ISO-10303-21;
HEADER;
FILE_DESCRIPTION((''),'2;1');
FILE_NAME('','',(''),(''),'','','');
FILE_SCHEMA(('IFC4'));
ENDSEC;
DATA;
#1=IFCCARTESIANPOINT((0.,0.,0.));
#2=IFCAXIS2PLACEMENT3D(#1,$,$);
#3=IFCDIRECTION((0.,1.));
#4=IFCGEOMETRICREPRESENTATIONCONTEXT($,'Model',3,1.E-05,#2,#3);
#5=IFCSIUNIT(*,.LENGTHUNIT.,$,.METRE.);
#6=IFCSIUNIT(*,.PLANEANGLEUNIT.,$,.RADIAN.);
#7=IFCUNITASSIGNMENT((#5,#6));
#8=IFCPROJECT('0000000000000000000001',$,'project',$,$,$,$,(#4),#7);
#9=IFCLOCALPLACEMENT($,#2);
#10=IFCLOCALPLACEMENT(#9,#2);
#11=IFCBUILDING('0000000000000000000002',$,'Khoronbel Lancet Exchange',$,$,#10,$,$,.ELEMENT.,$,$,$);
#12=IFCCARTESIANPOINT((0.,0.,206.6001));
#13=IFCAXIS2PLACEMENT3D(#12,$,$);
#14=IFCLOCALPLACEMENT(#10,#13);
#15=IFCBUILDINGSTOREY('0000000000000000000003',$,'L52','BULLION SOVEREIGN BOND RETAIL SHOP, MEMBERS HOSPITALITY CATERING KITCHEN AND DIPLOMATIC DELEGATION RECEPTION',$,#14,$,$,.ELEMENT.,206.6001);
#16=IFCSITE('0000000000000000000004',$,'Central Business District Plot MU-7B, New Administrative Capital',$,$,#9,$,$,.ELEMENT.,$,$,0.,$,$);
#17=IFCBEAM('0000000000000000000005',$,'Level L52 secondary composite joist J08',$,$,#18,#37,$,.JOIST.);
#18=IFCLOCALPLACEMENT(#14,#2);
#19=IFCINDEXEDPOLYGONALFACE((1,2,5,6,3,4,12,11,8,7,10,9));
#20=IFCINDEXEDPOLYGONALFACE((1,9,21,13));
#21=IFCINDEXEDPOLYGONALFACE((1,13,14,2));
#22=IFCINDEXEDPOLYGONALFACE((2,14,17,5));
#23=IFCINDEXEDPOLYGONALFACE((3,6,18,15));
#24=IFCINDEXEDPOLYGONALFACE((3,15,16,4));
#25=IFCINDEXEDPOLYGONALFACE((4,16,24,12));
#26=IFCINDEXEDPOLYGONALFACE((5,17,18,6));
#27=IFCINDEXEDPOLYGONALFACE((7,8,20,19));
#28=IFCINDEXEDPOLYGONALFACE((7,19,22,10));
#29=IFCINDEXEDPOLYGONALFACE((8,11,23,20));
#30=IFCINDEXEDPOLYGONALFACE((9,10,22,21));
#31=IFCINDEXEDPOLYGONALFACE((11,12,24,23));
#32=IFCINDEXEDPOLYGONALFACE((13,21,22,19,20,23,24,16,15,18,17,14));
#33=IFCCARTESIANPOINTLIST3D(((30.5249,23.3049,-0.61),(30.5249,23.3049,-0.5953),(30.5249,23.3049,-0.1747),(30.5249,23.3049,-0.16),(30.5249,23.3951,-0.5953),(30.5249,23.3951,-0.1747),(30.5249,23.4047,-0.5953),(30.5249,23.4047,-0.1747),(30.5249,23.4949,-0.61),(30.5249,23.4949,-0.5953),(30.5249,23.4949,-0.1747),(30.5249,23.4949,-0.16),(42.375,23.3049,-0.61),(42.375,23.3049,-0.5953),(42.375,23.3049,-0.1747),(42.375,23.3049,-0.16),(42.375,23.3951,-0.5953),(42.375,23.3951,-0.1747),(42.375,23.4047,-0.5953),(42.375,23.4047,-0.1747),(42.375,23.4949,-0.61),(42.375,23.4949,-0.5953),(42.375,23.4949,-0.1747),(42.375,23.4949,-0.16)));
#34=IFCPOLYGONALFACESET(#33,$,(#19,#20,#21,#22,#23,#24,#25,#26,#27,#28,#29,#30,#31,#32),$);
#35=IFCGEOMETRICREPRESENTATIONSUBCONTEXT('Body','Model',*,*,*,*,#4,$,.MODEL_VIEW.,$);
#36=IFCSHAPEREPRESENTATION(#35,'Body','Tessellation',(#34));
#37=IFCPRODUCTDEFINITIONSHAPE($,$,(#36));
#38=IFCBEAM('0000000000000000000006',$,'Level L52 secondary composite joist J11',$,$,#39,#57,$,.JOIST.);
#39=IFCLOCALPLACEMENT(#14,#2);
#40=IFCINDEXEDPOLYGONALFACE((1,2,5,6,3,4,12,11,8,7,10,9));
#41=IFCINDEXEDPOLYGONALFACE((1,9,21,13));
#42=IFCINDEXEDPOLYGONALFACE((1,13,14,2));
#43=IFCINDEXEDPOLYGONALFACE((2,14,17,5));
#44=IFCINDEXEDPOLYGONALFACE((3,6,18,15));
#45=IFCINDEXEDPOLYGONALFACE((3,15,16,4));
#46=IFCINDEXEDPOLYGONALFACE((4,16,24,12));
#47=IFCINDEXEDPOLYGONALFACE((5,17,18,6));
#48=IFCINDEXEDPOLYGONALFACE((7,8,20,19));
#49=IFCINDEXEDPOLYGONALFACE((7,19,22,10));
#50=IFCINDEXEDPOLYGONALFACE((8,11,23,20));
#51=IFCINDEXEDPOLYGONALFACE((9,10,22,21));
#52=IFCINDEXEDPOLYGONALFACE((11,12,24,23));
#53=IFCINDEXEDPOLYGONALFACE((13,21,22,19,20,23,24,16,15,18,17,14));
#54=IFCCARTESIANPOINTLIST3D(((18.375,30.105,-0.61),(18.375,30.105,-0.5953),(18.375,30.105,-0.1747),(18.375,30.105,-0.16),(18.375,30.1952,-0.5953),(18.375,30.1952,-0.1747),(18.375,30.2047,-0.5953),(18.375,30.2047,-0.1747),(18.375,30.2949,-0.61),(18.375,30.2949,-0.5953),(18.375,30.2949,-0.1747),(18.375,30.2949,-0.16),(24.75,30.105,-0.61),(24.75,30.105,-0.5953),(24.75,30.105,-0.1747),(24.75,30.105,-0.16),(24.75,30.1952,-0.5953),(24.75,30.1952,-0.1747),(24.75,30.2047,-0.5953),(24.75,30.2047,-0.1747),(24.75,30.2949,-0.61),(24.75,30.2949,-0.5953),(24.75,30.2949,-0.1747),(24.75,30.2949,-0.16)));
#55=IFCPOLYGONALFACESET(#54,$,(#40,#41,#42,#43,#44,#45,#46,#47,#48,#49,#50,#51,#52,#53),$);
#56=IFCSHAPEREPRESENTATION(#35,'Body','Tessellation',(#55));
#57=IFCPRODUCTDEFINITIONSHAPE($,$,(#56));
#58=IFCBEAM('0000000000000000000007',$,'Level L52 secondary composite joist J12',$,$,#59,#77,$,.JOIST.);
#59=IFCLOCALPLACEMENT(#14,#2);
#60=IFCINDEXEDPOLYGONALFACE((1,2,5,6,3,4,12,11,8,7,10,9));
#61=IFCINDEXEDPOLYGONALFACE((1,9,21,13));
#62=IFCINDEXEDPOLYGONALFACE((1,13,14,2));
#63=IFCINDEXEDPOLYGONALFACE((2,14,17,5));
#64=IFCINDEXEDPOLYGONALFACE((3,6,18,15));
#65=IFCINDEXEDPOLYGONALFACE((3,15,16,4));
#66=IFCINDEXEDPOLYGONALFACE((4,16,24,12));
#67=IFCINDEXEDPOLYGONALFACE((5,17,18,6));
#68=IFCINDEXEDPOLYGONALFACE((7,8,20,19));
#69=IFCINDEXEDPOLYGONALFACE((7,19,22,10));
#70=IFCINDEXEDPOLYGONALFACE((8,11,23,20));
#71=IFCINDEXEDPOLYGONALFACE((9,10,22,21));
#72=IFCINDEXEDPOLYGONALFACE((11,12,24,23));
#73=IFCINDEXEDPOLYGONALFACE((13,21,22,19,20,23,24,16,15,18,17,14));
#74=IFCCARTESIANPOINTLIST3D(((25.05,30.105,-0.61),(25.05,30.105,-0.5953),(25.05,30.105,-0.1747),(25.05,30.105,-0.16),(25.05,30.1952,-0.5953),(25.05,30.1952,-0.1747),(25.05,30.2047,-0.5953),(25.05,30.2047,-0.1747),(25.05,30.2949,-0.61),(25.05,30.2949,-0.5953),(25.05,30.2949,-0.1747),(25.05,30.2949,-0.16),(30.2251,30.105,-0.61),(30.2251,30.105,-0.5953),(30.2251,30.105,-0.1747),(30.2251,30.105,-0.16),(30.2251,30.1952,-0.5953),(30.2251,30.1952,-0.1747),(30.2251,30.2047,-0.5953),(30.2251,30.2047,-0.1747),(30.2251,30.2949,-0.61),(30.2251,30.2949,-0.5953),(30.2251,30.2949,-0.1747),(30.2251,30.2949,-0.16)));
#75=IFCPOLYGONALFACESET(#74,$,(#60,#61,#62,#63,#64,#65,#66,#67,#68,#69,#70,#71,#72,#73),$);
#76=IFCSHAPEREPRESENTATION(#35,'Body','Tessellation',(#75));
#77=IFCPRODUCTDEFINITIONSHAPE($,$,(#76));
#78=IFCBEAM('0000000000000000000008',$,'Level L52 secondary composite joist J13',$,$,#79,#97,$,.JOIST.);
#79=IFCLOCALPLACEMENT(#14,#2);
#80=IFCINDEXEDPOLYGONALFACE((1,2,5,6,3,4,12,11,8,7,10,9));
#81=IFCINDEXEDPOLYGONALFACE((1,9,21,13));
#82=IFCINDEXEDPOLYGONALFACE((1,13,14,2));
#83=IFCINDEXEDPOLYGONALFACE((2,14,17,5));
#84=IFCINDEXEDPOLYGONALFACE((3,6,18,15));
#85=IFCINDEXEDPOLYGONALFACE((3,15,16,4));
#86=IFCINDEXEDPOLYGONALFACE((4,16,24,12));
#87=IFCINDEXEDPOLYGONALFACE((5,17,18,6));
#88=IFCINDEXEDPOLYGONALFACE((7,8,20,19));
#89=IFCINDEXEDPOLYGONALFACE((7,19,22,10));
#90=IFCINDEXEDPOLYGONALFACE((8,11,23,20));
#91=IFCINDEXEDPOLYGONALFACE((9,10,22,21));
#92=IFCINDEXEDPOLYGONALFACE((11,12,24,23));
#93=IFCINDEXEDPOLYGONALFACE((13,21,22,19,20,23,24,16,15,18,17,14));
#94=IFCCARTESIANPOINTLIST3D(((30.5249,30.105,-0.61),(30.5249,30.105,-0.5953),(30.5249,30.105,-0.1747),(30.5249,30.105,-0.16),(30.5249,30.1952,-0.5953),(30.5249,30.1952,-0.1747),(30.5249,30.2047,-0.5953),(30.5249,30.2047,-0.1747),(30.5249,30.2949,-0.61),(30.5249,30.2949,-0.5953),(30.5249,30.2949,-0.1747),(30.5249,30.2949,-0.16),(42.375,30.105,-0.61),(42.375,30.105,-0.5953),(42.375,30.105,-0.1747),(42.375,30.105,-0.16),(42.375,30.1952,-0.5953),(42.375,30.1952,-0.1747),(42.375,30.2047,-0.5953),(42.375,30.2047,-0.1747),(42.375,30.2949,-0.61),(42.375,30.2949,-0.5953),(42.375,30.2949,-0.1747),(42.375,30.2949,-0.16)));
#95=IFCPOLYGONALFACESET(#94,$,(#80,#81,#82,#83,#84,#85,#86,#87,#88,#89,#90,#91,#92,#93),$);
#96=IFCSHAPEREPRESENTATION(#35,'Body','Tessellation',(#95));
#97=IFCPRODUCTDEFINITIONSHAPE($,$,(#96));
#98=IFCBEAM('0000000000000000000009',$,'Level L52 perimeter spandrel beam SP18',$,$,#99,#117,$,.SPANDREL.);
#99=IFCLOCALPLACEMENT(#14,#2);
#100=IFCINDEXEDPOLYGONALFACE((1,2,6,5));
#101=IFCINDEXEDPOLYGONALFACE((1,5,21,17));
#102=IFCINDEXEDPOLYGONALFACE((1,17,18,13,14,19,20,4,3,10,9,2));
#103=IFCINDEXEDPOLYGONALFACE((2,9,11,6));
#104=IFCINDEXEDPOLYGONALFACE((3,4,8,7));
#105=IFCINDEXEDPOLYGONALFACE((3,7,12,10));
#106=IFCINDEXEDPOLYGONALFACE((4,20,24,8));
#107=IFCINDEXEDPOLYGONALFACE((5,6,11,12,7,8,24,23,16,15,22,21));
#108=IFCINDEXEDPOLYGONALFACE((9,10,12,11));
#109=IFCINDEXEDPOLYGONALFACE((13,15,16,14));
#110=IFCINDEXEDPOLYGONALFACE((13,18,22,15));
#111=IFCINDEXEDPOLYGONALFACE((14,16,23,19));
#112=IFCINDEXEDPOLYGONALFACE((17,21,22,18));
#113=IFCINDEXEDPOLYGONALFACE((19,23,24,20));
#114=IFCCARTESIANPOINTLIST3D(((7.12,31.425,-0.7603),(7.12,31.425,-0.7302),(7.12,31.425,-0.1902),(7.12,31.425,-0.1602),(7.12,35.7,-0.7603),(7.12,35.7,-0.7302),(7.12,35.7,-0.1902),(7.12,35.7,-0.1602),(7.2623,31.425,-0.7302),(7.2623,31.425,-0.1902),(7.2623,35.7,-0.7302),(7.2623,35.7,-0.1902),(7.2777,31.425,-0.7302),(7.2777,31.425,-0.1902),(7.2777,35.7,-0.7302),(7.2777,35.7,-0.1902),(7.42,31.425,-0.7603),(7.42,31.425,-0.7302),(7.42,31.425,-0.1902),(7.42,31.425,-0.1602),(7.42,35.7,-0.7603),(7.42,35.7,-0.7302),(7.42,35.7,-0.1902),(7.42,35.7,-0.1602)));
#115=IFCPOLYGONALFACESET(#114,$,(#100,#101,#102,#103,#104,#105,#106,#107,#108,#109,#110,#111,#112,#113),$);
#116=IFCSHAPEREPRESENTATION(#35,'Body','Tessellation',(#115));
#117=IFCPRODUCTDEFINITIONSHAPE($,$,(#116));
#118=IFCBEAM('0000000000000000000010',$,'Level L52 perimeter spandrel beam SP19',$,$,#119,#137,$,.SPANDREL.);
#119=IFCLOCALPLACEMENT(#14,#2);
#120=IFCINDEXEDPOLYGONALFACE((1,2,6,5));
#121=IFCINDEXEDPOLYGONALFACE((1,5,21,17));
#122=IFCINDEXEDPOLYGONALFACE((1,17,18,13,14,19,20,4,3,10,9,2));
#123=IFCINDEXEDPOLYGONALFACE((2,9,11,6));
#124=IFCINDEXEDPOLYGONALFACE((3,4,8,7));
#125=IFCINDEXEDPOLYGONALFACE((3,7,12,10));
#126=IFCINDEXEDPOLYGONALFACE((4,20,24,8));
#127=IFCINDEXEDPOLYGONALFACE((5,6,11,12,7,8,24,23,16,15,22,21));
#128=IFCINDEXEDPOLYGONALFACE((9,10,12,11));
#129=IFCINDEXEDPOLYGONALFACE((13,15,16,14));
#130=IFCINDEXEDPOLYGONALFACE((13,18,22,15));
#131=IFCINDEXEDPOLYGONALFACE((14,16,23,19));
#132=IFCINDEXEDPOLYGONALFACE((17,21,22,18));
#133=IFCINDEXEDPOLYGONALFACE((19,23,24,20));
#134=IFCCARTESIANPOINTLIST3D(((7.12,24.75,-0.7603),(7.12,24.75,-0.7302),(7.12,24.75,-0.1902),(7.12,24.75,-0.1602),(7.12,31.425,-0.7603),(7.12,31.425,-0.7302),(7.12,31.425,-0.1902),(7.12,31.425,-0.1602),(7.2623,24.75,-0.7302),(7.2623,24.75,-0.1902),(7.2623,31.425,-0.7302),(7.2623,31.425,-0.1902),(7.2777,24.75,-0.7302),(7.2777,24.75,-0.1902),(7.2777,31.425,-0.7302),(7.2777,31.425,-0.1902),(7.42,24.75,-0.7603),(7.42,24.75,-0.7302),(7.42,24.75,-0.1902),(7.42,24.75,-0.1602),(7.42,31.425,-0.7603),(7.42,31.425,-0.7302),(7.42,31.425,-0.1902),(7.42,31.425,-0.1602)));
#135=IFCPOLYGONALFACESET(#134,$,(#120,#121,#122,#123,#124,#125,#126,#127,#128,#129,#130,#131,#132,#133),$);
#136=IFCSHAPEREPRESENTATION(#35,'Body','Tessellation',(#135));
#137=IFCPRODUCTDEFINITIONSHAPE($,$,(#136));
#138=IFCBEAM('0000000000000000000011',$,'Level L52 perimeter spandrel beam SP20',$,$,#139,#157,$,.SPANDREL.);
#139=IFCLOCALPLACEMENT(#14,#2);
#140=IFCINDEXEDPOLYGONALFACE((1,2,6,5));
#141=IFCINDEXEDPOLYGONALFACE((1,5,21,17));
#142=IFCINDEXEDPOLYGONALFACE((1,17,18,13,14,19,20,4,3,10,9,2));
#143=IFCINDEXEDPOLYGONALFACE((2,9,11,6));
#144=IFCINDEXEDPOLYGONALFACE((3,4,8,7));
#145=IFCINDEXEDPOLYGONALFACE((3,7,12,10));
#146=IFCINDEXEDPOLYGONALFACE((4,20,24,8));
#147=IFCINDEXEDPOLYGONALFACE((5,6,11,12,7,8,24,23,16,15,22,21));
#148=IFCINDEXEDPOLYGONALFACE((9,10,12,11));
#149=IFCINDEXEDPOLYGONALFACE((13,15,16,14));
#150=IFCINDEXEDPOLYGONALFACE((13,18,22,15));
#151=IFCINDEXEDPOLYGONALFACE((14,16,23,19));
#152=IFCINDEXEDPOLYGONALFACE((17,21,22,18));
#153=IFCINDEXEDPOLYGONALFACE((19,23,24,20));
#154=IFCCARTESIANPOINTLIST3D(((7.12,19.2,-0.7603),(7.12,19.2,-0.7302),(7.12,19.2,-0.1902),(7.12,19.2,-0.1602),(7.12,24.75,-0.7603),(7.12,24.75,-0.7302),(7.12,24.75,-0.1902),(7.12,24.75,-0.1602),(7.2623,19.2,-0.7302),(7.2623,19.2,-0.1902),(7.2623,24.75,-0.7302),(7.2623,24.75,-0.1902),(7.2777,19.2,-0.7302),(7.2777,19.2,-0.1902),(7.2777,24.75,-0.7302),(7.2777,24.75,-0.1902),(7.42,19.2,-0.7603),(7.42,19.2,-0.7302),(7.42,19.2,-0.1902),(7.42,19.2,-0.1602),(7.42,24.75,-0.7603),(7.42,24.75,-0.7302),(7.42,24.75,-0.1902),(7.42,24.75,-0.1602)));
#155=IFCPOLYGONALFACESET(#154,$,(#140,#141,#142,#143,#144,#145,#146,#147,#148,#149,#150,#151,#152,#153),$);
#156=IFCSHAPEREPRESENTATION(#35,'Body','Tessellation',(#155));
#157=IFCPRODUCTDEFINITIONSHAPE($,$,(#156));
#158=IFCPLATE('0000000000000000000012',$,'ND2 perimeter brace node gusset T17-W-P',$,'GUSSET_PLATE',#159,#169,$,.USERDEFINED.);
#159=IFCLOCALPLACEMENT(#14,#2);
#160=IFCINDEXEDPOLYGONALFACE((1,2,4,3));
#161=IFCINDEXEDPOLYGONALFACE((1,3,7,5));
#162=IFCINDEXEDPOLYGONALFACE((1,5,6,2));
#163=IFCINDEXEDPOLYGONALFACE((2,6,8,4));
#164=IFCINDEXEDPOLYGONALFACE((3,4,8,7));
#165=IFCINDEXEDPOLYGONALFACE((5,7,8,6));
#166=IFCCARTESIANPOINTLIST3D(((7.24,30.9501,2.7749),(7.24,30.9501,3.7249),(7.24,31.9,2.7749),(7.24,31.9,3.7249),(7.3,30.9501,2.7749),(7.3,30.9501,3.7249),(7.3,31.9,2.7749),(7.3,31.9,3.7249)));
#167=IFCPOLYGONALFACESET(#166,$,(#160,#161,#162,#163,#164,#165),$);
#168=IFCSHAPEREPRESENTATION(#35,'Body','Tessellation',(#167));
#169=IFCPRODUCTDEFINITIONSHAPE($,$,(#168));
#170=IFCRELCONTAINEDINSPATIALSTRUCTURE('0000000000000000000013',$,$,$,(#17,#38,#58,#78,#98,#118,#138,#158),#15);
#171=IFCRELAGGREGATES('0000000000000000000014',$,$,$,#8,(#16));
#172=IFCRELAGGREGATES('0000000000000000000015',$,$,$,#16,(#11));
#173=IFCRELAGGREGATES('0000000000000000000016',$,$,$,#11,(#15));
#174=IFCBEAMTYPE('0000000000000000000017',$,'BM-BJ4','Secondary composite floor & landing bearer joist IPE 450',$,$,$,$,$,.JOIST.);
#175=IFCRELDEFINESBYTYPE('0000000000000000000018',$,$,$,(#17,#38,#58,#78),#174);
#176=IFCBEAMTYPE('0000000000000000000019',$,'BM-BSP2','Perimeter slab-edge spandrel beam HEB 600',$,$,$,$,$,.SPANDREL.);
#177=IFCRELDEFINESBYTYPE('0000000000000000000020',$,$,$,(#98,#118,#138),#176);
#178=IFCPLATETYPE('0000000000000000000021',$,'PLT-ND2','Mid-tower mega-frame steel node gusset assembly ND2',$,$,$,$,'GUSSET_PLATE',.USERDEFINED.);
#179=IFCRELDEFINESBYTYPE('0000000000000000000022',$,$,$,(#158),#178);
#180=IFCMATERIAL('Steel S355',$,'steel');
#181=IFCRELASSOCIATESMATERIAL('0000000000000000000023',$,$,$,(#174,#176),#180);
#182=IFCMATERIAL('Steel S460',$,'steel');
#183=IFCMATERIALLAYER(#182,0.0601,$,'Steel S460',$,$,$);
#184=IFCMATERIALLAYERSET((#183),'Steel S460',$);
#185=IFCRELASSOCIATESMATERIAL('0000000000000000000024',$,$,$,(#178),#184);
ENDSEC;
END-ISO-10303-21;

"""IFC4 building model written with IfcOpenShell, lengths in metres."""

from ifc_helpers import new_model, si_unit, direction, frame, origin, origin_2d, place, context, subcontext, project, spatial, rectangle, i_section, extrude, material, layer, layer_set, material_profile, profile_set, type_object, element, save


model = new_model("IFC4")

# Units and contexts
model_context = context("Model", 3, precision=1e-05, world=origin(), true_north=direction((0.0, 1.0)))
body_context = subcontext(model_context, "Body", "Model", "MODEL_VIEW")
ifc_project = project(units=[si_unit("LENGTHUNIT", "METRE"), si_unit("PLANEANGLEUNIT", "RADIAN")], contexts=[model_context])

# Site, building, storey
site_placement = place(None, origin())
site = spatial("IfcSite", under=ifc_project, at=site_placement, Name="Central Business District Plot MU-7B, New Administrative Capital", CompositionType="ELEMENT", RefElevation=0.0)
building_placement = place(site_placement, origin())
building = spatial("IfcBuilding", under=site, at=building_placement, Name="Khoronbel Lancet Exchange", CompositionType="ELEMENT")
storey_placement = place(building_placement, frame((0.0, 0.0, 206.6001)))
storey = spatial("IfcBuildingStorey", under=building, at=storey_placement, Name="L52", Description="BULLION SOVEREIGN BOND RETAIL SHOP, MEMBERS HOSPITALITY CATERING KITCHEN AND DIPLOMATIC DELEGATION RECEPTION", CompositionType="ELEMENT", Elevation=206.6001)

# Shared definitions
ifc_material_1 = material(Name="Steel S355", Category="steel")

# Beams
ifc_material_profile_1 = material_profile(ifc_material_1, i_section(OverallWidth=0.1899, OverallDepth=0.45, WebThickness=0.0095, FlangeThickness=0.0146, at=origin_2d()), Name="IPE 450")
ifc_profile_set_1 = profile_set([ifc_material_profile_1], Name="Steel S355")
beam_type_1 = type_object("IfcBeamType", Name="BM-BJ4", Description="Secondary composite floor & landing bearer joist IPE 450", PredefinedType="JOIST", material=ifc_profile_set_1)
beam_1_placement = place(storey_placement, frame((30.5249, 23.3999, -0.385), z_axis=(1.0, 0.0, 0.0), x_axis=(0.0, 1.0, 0.0)))
element("IfcBeam", 1, at=beam_1_placement, inside=storey, type_object=beam_type_1, Name="Level L52 secondary composite joist J08", PredefinedType="JOIST", context=body_context, shape_type="SweptSolid", body=[
    extrude(i_section(OverallWidth=0.1899, OverallDepth=0.45, WebThickness=0.0095, FlangeThickness=0.0146, at=origin_2d()), origin(), (0.0, 0.0, 1.0), 11.8501),
])
beam_2_placement = place(storey_placement, frame((18.375, 30.2, -0.385), z_axis=(1.0, 0.0, 0.0), x_axis=(0.0, 1.0, 0.0)))
element("IfcBeam", 2, at=beam_2_placement, inside=storey, type_object=beam_type_1, Name="Level L52 secondary composite joist J11", PredefinedType="JOIST", context=body_context, shape_type="SweptSolid", body=[
    extrude(i_section(OverallWidth=0.1899, OverallDepth=0.45, WebThickness=0.0095, FlangeThickness=0.0146, at=origin_2d()), origin(), (0.0, 0.0, 1.0), 6.375),
])
beam_3_placement = place(storey_placement, frame((25.05, 30.2, -0.385), z_axis=(1.0, 0.0, 0.0), x_axis=(0.0, 1.0, 0.0)))
element("IfcBeam", 3, at=beam_3_placement, inside=storey, type_object=beam_type_1, Name="Level L52 secondary composite joist J12", PredefinedType="JOIST", context=body_context, shape_type="SweptSolid", body=[
    extrude(i_section(OverallWidth=0.1899, OverallDepth=0.45, WebThickness=0.0095, FlangeThickness=0.0146, at=origin_2d()), origin(), (0.0, 0.0, 1.0), 5.175),
])
beam_4_placement = place(storey_placement, frame((30.5249, 30.2, -0.385), z_axis=(1.0, 0.0, 0.0), x_axis=(0.0, 1.0, 0.0)))
element("IfcBeam", 4, at=beam_4_placement, inside=storey, type_object=beam_type_1, Name="Level L52 secondary composite joist J13", PredefinedType="JOIST", context=body_context, shape_type="SweptSolid", body=[
    extrude(i_section(OverallWidth=0.1899, OverallDepth=0.45, WebThickness=0.0095, FlangeThickness=0.0146, at=origin_2d()), origin(), (0.0, 0.0, 1.0), 11.8501),
])
ifc_material_profile_2 = material_profile(ifc_material_1, i_section(OverallWidth=0.3, OverallDepth=0.6001, WebThickness=0.0154, FlangeThickness=0.03, at=origin_2d()), Name="HEB 600")
ifc_profile_set_2 = profile_set([ifc_material_profile_2], Name="Steel S355")
beam_type_2 = type_object("IfcBeamType", Name="BM-BSP2", Description="Perimeter slab-edge spandrel beam HEB 600", PredefinedType="SPANDREL", material=ifc_profile_set_2)
beam_5_placement = place(storey_placement, frame((7.27, 35.7, -0.4602), z_axis=(0.0, -1.0, 0.0), x_axis=(1.0, 0.0, 0.0)))
element("IfcBeam", 5, at=beam_5_placement, inside=storey, type_object=beam_type_2, Name="Level L52 perimeter spandrel beam SP18", PredefinedType="SPANDREL", context=body_context, shape_type="SweptSolid", body=[
    extrude(i_section(OverallWidth=0.3, OverallDepth=0.6001, WebThickness=0.0154, FlangeThickness=0.03, at=origin_2d()), origin(), (0.0, 0.0, 1.0), 4.2749),
])
beam_6_placement = place(storey_placement, frame((7.27, 31.425, -0.4602), z_axis=(0.0, -1.0, 0.0), x_axis=(1.0, 0.0, 0.0)))
element("IfcBeam", 6, at=beam_6_placement, inside=storey, type_object=beam_type_2, Name="Level L52 perimeter spandrel beam SP19", PredefinedType="SPANDREL", context=body_context, shape_type="SweptSolid", body=[
    extrude(i_section(OverallWidth=0.3, OverallDepth=0.6001, WebThickness=0.0154, FlangeThickness=0.03, at=origin_2d()), origin(), (0.0, 0.0, 1.0), 6.675),
])
beam_7_placement = place(storey_placement, frame((7.27, 24.75, -0.4602), z_axis=(0.0, -1.0, 0.0), x_axis=(1.0, 0.0, 0.0)))
element("IfcBeam", 7, at=beam_7_placement, inside=storey, type_object=beam_type_2, Name="Level L52 perimeter spandrel beam SP20", PredefinedType="SPANDREL", context=body_context, shape_type="SweptSolid", body=[
    extrude(i_section(OverallWidth=0.3, OverallDepth=0.6001, WebThickness=0.0154, FlangeThickness=0.03, at=origin_2d()), origin(), (0.0, 0.0, 1.0), 5.55),
])

# Plate
ifc_material_2 = material(Name="Steel S460", Category="steel")
ifc_layer_1 = layer(ifc_material_2, 0.0601, Name="Steel S460")
ifc_layer_set_1 = layer_set([ifc_layer_1], Name="Steel S460")
plate_type = type_object("IfcPlateType", Name="PLT-ND2", Description="Mid-tower mega-frame steel node gusset assembly ND2", ElementType="GUSSET_PLATE", PredefinedType="USERDEFINED", material=ifc_layer_set_1)
plate_placement = place(storey_placement, frame((7.27, 31.425, 2.7749), z_axis=(0.0, 0.0, 1.0), x_axis=(0.0, 1.0, 0.0)))
element("IfcPlate", 8, at=plate_placement, inside=storey, type_object=plate_type, Name="ND2 perimeter brace node gusset T17-W-P", ObjectType="GUSSET_PLATE", PredefinedType="USERDEFINED", context=body_context, shape_type="SweptSolid", body=[
    extrude(rectangle(XDim=0.95, YDim=0.0601, at=origin_2d()), origin(), (0.0, 0.0, 1.0), 0.95),
])

save(model, "model.ifc")
